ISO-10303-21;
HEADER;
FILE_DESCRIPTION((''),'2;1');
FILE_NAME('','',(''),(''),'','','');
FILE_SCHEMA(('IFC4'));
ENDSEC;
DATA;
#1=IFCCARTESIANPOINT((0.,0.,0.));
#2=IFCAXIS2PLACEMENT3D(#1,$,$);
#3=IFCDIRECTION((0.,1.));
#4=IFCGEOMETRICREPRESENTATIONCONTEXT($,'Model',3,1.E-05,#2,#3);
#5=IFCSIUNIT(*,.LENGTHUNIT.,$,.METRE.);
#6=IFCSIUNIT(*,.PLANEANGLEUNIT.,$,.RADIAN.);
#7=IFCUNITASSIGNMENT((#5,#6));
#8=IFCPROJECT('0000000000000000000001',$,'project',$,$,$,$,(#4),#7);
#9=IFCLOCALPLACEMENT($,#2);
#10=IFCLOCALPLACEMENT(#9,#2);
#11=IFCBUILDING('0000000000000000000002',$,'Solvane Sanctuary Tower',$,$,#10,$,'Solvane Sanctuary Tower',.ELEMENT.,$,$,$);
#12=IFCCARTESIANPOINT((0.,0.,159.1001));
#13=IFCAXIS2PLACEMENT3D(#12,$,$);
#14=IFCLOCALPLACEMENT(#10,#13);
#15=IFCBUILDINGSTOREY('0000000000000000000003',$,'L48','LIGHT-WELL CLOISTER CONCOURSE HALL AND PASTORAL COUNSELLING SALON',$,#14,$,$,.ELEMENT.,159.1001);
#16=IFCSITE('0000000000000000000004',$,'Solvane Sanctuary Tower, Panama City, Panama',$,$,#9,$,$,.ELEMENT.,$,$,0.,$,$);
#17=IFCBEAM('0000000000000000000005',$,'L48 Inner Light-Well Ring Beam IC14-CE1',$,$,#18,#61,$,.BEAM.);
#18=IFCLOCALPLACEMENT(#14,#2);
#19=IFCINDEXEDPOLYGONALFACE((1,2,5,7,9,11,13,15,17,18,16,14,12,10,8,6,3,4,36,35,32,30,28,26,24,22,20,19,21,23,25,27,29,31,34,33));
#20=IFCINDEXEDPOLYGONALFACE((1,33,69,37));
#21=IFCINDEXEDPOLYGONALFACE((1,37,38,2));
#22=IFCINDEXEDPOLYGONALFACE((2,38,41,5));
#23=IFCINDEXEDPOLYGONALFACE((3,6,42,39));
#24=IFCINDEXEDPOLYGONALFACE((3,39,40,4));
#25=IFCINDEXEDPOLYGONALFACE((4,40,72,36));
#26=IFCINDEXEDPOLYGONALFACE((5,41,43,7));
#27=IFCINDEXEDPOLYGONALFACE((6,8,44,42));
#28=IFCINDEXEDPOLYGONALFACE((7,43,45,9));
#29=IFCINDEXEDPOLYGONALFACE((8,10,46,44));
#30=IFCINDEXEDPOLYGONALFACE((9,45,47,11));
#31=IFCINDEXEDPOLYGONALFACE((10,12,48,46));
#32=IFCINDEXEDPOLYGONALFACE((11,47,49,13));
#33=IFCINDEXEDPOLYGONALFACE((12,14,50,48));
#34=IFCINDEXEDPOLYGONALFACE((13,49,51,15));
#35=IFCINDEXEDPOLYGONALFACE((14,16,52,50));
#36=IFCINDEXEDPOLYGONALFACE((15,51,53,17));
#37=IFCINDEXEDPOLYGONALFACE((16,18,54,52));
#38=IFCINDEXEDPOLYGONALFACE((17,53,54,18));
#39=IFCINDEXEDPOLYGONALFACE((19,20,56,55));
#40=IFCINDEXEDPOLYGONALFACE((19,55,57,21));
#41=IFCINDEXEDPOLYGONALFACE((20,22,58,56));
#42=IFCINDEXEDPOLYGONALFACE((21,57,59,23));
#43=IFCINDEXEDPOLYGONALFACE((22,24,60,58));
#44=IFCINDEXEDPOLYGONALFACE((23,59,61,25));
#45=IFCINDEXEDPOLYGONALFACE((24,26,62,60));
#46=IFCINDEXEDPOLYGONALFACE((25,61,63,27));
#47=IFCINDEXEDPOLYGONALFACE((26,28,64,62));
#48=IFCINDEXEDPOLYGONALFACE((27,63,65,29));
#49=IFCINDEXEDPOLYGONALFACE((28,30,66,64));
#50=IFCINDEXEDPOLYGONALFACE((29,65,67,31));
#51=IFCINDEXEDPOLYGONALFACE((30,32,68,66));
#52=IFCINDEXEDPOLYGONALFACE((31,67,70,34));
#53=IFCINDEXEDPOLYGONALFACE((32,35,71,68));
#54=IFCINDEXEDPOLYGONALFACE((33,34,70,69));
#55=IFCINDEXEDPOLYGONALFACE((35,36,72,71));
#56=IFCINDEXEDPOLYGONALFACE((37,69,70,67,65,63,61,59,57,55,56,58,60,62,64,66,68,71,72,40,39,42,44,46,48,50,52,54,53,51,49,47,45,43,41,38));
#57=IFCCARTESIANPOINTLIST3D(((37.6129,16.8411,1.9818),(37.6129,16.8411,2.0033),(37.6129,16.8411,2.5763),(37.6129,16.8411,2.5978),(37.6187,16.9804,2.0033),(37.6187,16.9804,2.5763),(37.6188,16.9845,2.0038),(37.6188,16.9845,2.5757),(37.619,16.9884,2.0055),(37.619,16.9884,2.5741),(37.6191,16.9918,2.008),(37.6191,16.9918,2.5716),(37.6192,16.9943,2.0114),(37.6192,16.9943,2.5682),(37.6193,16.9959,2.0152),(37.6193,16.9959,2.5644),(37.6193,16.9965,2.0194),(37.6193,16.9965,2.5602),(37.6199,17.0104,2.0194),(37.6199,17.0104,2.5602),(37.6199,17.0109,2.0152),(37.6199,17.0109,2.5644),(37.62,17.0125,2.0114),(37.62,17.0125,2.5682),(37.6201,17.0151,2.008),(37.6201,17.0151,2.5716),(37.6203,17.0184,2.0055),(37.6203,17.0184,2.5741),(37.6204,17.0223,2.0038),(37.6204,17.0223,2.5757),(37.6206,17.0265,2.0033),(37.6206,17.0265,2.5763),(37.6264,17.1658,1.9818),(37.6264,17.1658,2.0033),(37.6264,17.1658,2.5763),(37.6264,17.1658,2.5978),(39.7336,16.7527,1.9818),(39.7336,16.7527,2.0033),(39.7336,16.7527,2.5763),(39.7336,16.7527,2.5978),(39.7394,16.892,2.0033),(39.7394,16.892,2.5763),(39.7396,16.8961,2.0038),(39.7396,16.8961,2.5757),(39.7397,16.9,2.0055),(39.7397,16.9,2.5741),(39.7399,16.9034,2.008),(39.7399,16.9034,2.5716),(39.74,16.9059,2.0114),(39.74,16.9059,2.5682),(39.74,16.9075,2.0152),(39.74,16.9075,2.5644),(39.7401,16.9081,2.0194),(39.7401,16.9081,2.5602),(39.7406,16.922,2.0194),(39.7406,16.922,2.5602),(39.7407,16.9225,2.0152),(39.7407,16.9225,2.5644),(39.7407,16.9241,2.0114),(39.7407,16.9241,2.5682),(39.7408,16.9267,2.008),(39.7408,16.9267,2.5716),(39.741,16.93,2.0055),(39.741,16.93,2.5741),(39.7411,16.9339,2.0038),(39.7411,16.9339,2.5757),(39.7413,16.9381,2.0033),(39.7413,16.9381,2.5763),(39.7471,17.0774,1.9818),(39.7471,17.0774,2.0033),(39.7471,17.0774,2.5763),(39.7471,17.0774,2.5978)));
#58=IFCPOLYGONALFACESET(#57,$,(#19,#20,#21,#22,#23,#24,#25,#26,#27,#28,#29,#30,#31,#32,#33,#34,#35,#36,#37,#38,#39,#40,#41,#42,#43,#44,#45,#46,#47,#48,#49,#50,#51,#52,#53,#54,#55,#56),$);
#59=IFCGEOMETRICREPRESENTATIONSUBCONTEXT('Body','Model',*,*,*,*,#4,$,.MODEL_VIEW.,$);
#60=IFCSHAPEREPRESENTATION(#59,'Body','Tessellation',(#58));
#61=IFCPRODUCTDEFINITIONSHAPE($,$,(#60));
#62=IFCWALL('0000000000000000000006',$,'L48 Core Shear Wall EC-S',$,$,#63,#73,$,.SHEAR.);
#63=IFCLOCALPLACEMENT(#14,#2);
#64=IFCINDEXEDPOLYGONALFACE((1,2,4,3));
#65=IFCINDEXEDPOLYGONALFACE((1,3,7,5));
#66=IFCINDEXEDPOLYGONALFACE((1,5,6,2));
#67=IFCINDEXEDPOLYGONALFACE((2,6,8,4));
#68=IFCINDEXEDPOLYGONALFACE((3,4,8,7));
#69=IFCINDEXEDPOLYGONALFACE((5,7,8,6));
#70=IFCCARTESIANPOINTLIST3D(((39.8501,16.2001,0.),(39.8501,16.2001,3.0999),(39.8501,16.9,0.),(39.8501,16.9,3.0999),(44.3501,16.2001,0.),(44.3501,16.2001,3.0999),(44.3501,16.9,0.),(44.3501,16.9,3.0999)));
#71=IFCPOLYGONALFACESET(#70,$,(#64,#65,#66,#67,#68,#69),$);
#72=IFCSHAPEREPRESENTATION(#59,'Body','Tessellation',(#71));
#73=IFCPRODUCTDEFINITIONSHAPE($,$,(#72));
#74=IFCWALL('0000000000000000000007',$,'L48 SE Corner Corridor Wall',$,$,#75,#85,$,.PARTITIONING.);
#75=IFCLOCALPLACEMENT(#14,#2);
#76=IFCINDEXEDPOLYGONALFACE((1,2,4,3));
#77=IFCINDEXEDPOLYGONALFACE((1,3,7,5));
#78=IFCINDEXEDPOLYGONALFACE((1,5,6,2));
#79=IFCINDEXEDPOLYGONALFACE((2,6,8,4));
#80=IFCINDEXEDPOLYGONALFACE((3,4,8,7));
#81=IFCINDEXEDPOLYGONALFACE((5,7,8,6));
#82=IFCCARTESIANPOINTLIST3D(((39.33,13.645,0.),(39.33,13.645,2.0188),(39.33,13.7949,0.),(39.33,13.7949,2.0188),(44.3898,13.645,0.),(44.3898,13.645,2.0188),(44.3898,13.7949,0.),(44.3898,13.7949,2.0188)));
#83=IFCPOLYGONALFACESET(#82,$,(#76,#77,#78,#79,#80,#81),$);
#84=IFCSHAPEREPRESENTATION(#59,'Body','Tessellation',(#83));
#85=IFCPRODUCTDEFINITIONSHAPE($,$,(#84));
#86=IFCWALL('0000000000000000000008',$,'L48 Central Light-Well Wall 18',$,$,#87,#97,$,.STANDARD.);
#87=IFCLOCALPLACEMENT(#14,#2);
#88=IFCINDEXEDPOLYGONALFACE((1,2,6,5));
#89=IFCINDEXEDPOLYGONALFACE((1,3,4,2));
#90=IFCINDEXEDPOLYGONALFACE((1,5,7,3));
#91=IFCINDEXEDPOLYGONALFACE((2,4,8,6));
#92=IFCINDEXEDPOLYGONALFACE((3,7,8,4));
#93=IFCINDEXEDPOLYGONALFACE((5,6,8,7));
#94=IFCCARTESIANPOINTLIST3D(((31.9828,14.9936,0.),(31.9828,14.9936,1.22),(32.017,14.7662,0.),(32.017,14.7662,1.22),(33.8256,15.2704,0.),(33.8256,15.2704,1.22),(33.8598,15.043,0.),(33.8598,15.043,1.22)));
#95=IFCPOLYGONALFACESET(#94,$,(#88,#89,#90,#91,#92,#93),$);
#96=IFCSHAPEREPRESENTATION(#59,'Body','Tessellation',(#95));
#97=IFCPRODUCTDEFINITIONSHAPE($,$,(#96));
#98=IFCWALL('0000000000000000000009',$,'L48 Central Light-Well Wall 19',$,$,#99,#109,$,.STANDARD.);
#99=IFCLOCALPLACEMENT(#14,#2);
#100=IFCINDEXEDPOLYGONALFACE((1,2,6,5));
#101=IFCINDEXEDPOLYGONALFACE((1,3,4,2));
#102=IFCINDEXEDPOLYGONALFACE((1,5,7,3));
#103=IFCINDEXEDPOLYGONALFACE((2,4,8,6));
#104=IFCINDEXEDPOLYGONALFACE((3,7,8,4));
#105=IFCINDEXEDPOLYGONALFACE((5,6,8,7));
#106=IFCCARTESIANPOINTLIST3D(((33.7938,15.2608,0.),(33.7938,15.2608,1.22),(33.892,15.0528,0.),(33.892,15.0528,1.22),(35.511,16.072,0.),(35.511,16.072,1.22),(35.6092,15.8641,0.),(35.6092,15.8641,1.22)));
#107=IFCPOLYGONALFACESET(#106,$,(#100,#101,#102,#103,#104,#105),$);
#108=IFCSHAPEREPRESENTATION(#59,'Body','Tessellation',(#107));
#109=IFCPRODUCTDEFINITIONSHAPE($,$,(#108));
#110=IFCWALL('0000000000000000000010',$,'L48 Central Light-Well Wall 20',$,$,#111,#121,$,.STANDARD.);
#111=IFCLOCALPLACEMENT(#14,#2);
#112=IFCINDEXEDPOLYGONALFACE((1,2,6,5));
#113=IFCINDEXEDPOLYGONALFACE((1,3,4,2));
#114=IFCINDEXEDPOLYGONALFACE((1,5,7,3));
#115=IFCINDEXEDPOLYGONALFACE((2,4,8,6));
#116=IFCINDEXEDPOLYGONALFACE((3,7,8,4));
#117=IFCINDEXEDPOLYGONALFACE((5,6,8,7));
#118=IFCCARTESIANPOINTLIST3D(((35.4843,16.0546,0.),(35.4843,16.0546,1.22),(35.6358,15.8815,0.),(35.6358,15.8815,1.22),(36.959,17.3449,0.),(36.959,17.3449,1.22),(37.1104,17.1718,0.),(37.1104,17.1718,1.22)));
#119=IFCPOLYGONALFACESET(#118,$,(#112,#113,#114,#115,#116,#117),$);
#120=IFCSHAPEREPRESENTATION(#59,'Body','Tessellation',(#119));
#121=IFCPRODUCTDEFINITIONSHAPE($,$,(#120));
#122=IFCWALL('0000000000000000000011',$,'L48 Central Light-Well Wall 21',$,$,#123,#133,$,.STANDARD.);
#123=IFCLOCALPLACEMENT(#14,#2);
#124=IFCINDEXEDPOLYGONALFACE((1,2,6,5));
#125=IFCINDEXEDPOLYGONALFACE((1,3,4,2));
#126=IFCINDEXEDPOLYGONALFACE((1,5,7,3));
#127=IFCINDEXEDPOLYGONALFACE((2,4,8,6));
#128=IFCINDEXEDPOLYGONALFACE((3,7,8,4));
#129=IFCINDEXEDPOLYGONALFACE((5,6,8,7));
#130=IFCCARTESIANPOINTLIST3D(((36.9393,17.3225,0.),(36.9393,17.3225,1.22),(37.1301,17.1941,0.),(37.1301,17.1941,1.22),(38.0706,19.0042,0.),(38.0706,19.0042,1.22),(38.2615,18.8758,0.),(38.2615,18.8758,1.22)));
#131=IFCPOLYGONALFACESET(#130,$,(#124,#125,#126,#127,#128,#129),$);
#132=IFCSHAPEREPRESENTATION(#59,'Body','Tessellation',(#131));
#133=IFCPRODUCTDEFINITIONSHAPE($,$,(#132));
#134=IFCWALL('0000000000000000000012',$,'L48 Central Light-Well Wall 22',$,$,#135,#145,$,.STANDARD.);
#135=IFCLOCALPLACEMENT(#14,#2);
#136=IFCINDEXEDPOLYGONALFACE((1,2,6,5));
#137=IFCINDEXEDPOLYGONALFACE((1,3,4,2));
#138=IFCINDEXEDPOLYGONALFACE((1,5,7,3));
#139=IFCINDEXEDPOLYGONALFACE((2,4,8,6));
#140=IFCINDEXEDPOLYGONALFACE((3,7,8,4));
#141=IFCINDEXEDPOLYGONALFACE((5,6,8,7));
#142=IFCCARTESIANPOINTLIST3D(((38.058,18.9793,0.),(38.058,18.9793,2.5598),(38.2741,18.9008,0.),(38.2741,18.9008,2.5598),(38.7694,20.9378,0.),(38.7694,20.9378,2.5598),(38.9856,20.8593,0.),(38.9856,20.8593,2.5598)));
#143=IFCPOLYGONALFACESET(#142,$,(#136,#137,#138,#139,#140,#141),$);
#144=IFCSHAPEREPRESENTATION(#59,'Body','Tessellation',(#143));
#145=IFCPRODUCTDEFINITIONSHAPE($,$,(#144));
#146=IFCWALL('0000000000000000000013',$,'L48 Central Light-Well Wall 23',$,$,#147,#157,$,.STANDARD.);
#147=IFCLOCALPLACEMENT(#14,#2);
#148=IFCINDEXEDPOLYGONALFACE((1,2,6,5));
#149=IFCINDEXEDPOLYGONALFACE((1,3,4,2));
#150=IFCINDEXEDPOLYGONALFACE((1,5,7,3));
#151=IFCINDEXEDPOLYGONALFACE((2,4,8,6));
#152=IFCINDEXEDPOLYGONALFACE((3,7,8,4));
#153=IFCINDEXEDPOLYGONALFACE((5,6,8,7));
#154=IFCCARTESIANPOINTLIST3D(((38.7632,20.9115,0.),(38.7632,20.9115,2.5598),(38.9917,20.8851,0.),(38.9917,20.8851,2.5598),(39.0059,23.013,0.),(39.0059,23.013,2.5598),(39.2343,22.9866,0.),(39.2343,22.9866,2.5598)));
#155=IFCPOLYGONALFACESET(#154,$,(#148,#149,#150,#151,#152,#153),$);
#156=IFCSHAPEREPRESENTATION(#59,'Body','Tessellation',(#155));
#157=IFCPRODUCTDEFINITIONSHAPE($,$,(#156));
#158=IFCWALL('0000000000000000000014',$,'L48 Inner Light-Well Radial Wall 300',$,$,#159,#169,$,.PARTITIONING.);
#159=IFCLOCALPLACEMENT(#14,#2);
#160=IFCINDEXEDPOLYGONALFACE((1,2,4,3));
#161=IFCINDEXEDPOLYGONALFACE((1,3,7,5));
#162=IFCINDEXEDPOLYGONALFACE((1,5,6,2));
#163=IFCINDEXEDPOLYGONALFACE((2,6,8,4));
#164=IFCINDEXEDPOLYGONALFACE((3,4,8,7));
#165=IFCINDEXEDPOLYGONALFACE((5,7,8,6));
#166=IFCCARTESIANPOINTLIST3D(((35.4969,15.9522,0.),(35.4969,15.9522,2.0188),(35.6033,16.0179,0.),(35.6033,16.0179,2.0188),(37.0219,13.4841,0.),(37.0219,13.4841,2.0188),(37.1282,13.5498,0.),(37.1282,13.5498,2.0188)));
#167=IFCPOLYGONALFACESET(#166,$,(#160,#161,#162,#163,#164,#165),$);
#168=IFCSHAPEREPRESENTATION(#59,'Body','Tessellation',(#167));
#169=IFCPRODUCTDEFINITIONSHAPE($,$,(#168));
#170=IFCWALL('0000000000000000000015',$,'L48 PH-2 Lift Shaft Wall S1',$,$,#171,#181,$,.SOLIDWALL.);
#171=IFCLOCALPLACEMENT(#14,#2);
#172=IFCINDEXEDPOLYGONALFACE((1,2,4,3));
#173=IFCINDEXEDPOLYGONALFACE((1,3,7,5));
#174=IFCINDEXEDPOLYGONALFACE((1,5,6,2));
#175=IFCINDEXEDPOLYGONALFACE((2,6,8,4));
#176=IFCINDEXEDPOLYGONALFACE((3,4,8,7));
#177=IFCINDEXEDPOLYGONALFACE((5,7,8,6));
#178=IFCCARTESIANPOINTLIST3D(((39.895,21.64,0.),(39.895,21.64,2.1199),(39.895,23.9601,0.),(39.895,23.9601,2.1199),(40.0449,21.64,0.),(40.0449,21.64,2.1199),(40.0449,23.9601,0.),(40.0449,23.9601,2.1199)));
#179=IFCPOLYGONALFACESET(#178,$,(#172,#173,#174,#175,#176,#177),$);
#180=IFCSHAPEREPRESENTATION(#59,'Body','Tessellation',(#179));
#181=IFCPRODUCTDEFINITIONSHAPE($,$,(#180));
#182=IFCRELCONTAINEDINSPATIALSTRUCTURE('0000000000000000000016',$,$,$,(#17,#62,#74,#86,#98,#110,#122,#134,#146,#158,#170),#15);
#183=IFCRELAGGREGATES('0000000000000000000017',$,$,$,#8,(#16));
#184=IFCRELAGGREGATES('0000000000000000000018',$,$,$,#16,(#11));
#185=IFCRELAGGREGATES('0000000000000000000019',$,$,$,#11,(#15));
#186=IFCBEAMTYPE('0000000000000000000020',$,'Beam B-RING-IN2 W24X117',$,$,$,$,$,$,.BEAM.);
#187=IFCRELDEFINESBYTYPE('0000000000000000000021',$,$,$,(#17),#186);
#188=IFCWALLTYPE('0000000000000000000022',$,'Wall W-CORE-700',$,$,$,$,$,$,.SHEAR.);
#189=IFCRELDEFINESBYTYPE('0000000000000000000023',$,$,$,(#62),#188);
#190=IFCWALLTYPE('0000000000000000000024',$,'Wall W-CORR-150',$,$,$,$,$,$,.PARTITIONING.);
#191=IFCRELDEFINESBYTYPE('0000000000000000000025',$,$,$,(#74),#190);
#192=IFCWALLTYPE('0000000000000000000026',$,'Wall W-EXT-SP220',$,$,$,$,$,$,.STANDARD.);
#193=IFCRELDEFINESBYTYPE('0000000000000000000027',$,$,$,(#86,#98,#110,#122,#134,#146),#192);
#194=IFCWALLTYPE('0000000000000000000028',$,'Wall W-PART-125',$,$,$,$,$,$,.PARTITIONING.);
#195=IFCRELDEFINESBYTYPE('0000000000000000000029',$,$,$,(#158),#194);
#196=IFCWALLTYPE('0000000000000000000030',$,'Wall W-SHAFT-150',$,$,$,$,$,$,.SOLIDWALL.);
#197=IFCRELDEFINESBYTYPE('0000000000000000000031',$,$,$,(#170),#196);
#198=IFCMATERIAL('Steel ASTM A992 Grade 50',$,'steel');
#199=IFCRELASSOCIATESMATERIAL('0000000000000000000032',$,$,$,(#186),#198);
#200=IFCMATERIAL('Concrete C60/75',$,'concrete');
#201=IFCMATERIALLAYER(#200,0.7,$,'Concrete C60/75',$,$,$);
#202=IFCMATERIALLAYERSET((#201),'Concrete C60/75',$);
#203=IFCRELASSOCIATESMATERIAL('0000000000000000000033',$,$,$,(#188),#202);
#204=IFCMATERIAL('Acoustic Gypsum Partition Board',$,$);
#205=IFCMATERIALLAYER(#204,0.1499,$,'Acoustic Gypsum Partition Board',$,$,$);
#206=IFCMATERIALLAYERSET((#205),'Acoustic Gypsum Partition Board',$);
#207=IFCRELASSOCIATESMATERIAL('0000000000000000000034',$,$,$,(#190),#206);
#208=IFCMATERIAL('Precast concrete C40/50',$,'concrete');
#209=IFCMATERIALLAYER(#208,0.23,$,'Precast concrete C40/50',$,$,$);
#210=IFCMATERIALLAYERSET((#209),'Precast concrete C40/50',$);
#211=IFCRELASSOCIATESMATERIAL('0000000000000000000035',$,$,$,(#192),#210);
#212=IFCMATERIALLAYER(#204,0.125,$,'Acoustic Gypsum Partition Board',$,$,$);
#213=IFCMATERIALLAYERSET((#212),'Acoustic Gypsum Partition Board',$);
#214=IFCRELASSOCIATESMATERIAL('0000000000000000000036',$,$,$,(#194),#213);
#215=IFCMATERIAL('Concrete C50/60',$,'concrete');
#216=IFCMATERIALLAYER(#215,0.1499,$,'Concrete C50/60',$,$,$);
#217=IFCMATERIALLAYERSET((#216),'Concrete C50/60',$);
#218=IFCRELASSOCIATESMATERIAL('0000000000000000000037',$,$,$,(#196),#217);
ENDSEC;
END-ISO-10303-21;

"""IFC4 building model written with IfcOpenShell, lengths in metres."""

from ifc_helpers import new_model, si_unit, direction, frame, frame_2d, origin, origin_2d, place, context, subcontext, project, spatial, rectangle, i_section, extrude, material, layer, layer_set, material_profile, profile_set, type_object, element, save


model = new_model("IFC4")

# Units and contexts
model_context = context("Model", 3, precision=1e-05, world=origin(), true_north=direction((0.0, 1.0)))
body_context = subcontext(model_context, "Body", "Model", "MODEL_VIEW")
ifc_project = project(units=[si_unit("LENGTHUNIT", "METRE"), si_unit("PLANEANGLEUNIT", "RADIAN")], contexts=[model_context])

# Site, building, storey
site_placement = place(None, origin())
site = spatial("IfcSite", under=ifc_project, at=site_placement, Name="Solvane Sanctuary Tower, Panama City, Panama", CompositionType="ELEMENT", RefElevation=0.0)
building_placement = place(site_placement, origin())
building = spatial("IfcBuilding", under=site, at=building_placement, Name="Solvane Sanctuary Tower", LongName="Solvane Sanctuary Tower", CompositionType="ELEMENT")
storey_placement = place(building_placement, frame((0.0, 0.0, 159.1001)))
storey = spatial("IfcBuildingStorey", under=building, at=storey_placement, Name="L48", Description="LIGHT-WELL CLOISTER CONCOURSE HALL AND PASTORAL COUNSELLING SALON", CompositionType="ELEMENT", Elevation=159.1001)

# Shared definitions
ifc_material_1 = material(Name="Concrete C50/60", Category="concrete")

# Beam
ifc_material_2 = material(Name="Steel ASTM A992 Grade 50", Category="steel")
ifc_material_profile_1 = material_profile(ifc_material_2, i_section(OverallWidth=0.325, OverallDepth=0.616, WebThickness=0.0139, FlangeThickness=0.0215, FilletRadius=0.0161, at=origin_2d()), Name="W24X117")
ifc_profile_set_1 = profile_set([ifc_material_profile_1], Name="Steel ASTM A992 Grade 50")
beam_type_1 = type_object("IfcBeamType", Name="Beam B-RING-IN2 W24X117", PredefinedType="BEAM", material=ifc_profile_set_1)
beam_1_placement = place(storey_placement, frame((37.6196, 17.0034, 2.2898), z_axis=(0.999133, -0.04164, 0.0), x_axis=(0.04164, 0.999133, 0.0)))
element("IfcBeam", 1, at=beam_1_placement, inside=storey, type_object=beam_type_1, Name="L48 Inner Light-Well Ring Beam IC14-CE1", PredefinedType="BEAM", context=body_context, shape_type="SweptSolid", body=[
    extrude(i_section(OverallWidth=0.325, OverallDepth=0.616, WebThickness=0.0139, FlangeThickness=0.0215, FilletRadius=0.0161, at=origin_2d()), origin(), (0.0, 0.0, 1.0), 2.1226),
])

# Walls
ifc_material_3 = material(Name="Concrete C60/75", Category="concrete")
ifc_layer_1 = layer(ifc_material_3, 0.7, Name="Concrete C60/75")
ifc_layer_set_1 = layer_set([ifc_layer_1], Name="Concrete C60/75")
wall_type_1 = type_object("IfcWallType", Name="Wall W-CORE-700", PredefinedType="SHEAR", material=ifc_layer_set_1)
wall_1_placement = place(storey_placement, frame((39.8501, 16.55, 0.0), z_axis=(0.0, 0.0, 1.0), x_axis=(1.0, 0.0, 0.0)))
element("IfcWall", 2, at=wall_1_placement, inside=storey, type_object=wall_type_1, Name="L48 Core Shear Wall EC-S", PredefinedType="SHEAR", context=body_context, shape_type="SweptSolid", body=[
    extrude(rectangle(XDim=4.5, YDim=0.7, at=frame_2d((2.25, 0.0))), origin(), (0.0, 0.0, 1.0), 3.0999),
])
ifc_material_4 = material(Name="Acoustic Gypsum Partition Board")
ifc_layer_2 = layer(ifc_material_4, 0.1499, Name="Acoustic Gypsum Partition Board")
ifc_layer_set_2 = layer_set([ifc_layer_2], Name="Acoustic Gypsum Partition Board")
wall_type_2 = type_object("IfcWallType", Name="Wall W-CORR-150", PredefinedType="PARTITIONING", material=ifc_layer_set_2)
wall_2_placement = place(storey_placement, frame((39.3301, 13.72, 0.0), z_axis=(0.0, 0.0, 1.0), x_axis=(1.0, 0.0, 0.0)))
element("IfcWall", 3, at=wall_2_placement, inside=storey, type_object=wall_type_2, Name="L48 SE Corner Corridor Wall", PredefinedType="PARTITIONING", context=body_context, shape_type="SweptSolid", body=[
    extrude(rectangle(XDim=5.0598, YDim=0.1499, at=frame_2d((2.5298, 0.0))), origin(), (0.0, 0.0, 1.0), 2.0188),
])
ifc_material_5 = material(Name="Precast concrete C40/50", Category="concrete")
ifc_layer_3 = layer(ifc_material_5, 0.23, Name="Precast concrete C40/50")
ifc_layer_set_3 = layer_set([ifc_layer_3], Name="Precast concrete C40/50")
wall_type_3 = type_object("IfcWallType", Name="Wall W-EXT-SP220", PredefinedType="STANDARD", material=ifc_layer_set_3)
wall_3_placement = place(storey_placement, frame((32.0, 14.8799, 0.0), z_axis=(0.0, 0.0, 1.0), x_axis=(0.988902, 0.148571, 0.0)))
element("IfcWall", 4, at=wall_3_placement, inside=storey, type_object=wall_type_3, Name="L48 Central Light-Well Wall 18", PredefinedType="STANDARD", context=body_context, shape_type="SweptSolid", body=[
    extrude(rectangle(XDim=1.8635, YDim=0.23, at=frame_2d((0.9316, 0.0))), origin(), (0.0, 0.0, 1.0), 1.22),
])
wall_4_placement = place(storey_placement, frame((33.8428, 15.1567, 0.0), z_axis=(0.0, 0.0, 1.0), x_axis=(0.90418, 0.427152, 0.0)))
element("IfcWall", 5, at=wall_4_placement, inside=storey, type_object=wall_type_3, Name="L48 Central Light-Well Wall 19", PredefinedType="STANDARD", context=body_context, shape_type="SweptSolid", body=[
    extrude(rectangle(XDim=1.8992, YDim=0.23, at=frame_2d((0.9497, 0.0))), origin(), (0.0, 0.0, 1.0), 1.22),
])
wall_5_placement = place(storey_placement, frame((35.5601, 15.968, 0.0), z_axis=(0.0, 0.0, 1.0), x_axis=(0.752577, 0.658505, 0.0)))
element("IfcWall", 6, at=wall_5_placement, inside=storey, type_object=wall_type_3, Name="L48 Central Light-Well Wall 20", PredefinedType="STANDARD", context=body_context, shape_type="SweptSolid", body=[
    extrude(rectangle(XDim=1.9595, YDim=0.23, at=frame_2d((0.9797, 0.0))), origin(), (0.0, 0.0, 1.0), 1.22),
])
wall_6_placement = place(storey_placement, frame((37.0347, 17.2583, 0.0), z_axis=(0.0, 0.0, 1.0), x_axis=(0.558198, 0.829708, 0.0)))
element("IfcWall", 7, at=wall_6_placement, inside=storey, type_object=wall_type_3, Name="L48 Central Light-Well Wall 21", PredefinedType="STANDARD", context=body_context, shape_type="SweptSolid", body=[
    extrude(rectangle(XDim=2.0269, YDim=0.23, at=frame_2d((1.0134, 0.0))), origin(), (0.0, 0.0, 1.0), 1.22),
])
wall_7_placement = place(storey_placement, frame((38.166, 18.9399, 0.0), z_axis=(0.0, 0.0, 1.0), x_axis=(0.341423, 0.93991, 0.0)))
element("IfcWall", 8, at=wall_7_placement, inside=storey, type_object=wall_type_3, Name="L48 Central Light-Well Wall 22", PredefinedType="STANDARD", context=body_context, shape_type="SweptSolid", body=[
    extrude(rectangle(XDim=2.0837, YDim=0.23, at=frame_2d((1.042, 0.0))), origin(), (0.0, 0.0, 1.0), 2.5598),
])
wall_8_placement = place(storey_placement, frame((38.8774, 20.8984, 0.0), z_axis=(0.0, 0.0, 1.0), x_axis=(0.114712, 0.993399, 0.0)))
element("IfcWall", 9, at=wall_8_placement, inside=storey, type_object=wall_type_3, Name="L48 Central Light-Well Wall 23", PredefinedType="STANDARD", context=body_context, shape_type="SweptSolid", body=[
    extrude(rectangle(XDim=2.1155, YDim=0.23, at=frame_2d((1.0576, 0.0))), origin(), (0.0, 0.0, 1.0), 2.5598),
])
ifc_layer_4 = layer(ifc_material_4, 0.125, Name="Acoustic Gypsum Partition Board")
ifc_layer_set_4 = layer_set([ifc_layer_4], Name="Acoustic Gypsum Partition Board")
wall_type_4 = type_object("IfcWallType", Name="Wall W-PART-125", PredefinedType="PARTITIONING", material=ifc_layer_set_4)
wall_9_placement = place(storey_placement, frame((35.55, 15.9851, 0.0), z_axis=(0.0, 0.0, 1.0), x_axis=(0.525627, -0.850715, 0.0)))
element("IfcWall", 10, at=wall_9_placement, inside=storey, type_object=wall_type_4, Name="L48 Inner Light-Well Radial Wall 300", PredefinedType="PARTITIONING", context=body_context, shape_type="SweptSolid", body=[
    extrude(rectangle(XDim=2.9011, YDim=0.125, at=frame_2d((1.4507, 0.0))), origin(), (0.0, 0.0, 1.0), 2.0188),
])
ifc_layer_5 = layer(ifc_material_1, 0.1499, Name="Concrete C50/60")
ifc_layer_set_5 = layer_set([ifc_layer_5], Name="Concrete C50/60")
wall_type_5 = type_object("IfcWallType", Name="Wall W-SHAFT-150", PredefinedType="SOLIDWALL", material=ifc_layer_set_5)
wall_10_placement = place(storey_placement, frame((39.97, 21.6399, 0.0), z_axis=(0.0, 0.0, 1.0), x_axis=(0.0, 1.0, 0.0)))
element("IfcWall", 11, at=wall_10_placement, inside=storey, type_object=wall_type_5, Name="L48 PH-2 Lift Shaft Wall S1", PredefinedType="SOLIDWALL", context=body_context, shape_type="SweptSolid", body=[
    extrude(rectangle(XDim=2.3201, YDim=0.1499, at=frame_2d((1.1602, 0.0))), origin(), (0.0, 0.0, 1.0), 2.1199),
])

save(model, "model.ifc")
